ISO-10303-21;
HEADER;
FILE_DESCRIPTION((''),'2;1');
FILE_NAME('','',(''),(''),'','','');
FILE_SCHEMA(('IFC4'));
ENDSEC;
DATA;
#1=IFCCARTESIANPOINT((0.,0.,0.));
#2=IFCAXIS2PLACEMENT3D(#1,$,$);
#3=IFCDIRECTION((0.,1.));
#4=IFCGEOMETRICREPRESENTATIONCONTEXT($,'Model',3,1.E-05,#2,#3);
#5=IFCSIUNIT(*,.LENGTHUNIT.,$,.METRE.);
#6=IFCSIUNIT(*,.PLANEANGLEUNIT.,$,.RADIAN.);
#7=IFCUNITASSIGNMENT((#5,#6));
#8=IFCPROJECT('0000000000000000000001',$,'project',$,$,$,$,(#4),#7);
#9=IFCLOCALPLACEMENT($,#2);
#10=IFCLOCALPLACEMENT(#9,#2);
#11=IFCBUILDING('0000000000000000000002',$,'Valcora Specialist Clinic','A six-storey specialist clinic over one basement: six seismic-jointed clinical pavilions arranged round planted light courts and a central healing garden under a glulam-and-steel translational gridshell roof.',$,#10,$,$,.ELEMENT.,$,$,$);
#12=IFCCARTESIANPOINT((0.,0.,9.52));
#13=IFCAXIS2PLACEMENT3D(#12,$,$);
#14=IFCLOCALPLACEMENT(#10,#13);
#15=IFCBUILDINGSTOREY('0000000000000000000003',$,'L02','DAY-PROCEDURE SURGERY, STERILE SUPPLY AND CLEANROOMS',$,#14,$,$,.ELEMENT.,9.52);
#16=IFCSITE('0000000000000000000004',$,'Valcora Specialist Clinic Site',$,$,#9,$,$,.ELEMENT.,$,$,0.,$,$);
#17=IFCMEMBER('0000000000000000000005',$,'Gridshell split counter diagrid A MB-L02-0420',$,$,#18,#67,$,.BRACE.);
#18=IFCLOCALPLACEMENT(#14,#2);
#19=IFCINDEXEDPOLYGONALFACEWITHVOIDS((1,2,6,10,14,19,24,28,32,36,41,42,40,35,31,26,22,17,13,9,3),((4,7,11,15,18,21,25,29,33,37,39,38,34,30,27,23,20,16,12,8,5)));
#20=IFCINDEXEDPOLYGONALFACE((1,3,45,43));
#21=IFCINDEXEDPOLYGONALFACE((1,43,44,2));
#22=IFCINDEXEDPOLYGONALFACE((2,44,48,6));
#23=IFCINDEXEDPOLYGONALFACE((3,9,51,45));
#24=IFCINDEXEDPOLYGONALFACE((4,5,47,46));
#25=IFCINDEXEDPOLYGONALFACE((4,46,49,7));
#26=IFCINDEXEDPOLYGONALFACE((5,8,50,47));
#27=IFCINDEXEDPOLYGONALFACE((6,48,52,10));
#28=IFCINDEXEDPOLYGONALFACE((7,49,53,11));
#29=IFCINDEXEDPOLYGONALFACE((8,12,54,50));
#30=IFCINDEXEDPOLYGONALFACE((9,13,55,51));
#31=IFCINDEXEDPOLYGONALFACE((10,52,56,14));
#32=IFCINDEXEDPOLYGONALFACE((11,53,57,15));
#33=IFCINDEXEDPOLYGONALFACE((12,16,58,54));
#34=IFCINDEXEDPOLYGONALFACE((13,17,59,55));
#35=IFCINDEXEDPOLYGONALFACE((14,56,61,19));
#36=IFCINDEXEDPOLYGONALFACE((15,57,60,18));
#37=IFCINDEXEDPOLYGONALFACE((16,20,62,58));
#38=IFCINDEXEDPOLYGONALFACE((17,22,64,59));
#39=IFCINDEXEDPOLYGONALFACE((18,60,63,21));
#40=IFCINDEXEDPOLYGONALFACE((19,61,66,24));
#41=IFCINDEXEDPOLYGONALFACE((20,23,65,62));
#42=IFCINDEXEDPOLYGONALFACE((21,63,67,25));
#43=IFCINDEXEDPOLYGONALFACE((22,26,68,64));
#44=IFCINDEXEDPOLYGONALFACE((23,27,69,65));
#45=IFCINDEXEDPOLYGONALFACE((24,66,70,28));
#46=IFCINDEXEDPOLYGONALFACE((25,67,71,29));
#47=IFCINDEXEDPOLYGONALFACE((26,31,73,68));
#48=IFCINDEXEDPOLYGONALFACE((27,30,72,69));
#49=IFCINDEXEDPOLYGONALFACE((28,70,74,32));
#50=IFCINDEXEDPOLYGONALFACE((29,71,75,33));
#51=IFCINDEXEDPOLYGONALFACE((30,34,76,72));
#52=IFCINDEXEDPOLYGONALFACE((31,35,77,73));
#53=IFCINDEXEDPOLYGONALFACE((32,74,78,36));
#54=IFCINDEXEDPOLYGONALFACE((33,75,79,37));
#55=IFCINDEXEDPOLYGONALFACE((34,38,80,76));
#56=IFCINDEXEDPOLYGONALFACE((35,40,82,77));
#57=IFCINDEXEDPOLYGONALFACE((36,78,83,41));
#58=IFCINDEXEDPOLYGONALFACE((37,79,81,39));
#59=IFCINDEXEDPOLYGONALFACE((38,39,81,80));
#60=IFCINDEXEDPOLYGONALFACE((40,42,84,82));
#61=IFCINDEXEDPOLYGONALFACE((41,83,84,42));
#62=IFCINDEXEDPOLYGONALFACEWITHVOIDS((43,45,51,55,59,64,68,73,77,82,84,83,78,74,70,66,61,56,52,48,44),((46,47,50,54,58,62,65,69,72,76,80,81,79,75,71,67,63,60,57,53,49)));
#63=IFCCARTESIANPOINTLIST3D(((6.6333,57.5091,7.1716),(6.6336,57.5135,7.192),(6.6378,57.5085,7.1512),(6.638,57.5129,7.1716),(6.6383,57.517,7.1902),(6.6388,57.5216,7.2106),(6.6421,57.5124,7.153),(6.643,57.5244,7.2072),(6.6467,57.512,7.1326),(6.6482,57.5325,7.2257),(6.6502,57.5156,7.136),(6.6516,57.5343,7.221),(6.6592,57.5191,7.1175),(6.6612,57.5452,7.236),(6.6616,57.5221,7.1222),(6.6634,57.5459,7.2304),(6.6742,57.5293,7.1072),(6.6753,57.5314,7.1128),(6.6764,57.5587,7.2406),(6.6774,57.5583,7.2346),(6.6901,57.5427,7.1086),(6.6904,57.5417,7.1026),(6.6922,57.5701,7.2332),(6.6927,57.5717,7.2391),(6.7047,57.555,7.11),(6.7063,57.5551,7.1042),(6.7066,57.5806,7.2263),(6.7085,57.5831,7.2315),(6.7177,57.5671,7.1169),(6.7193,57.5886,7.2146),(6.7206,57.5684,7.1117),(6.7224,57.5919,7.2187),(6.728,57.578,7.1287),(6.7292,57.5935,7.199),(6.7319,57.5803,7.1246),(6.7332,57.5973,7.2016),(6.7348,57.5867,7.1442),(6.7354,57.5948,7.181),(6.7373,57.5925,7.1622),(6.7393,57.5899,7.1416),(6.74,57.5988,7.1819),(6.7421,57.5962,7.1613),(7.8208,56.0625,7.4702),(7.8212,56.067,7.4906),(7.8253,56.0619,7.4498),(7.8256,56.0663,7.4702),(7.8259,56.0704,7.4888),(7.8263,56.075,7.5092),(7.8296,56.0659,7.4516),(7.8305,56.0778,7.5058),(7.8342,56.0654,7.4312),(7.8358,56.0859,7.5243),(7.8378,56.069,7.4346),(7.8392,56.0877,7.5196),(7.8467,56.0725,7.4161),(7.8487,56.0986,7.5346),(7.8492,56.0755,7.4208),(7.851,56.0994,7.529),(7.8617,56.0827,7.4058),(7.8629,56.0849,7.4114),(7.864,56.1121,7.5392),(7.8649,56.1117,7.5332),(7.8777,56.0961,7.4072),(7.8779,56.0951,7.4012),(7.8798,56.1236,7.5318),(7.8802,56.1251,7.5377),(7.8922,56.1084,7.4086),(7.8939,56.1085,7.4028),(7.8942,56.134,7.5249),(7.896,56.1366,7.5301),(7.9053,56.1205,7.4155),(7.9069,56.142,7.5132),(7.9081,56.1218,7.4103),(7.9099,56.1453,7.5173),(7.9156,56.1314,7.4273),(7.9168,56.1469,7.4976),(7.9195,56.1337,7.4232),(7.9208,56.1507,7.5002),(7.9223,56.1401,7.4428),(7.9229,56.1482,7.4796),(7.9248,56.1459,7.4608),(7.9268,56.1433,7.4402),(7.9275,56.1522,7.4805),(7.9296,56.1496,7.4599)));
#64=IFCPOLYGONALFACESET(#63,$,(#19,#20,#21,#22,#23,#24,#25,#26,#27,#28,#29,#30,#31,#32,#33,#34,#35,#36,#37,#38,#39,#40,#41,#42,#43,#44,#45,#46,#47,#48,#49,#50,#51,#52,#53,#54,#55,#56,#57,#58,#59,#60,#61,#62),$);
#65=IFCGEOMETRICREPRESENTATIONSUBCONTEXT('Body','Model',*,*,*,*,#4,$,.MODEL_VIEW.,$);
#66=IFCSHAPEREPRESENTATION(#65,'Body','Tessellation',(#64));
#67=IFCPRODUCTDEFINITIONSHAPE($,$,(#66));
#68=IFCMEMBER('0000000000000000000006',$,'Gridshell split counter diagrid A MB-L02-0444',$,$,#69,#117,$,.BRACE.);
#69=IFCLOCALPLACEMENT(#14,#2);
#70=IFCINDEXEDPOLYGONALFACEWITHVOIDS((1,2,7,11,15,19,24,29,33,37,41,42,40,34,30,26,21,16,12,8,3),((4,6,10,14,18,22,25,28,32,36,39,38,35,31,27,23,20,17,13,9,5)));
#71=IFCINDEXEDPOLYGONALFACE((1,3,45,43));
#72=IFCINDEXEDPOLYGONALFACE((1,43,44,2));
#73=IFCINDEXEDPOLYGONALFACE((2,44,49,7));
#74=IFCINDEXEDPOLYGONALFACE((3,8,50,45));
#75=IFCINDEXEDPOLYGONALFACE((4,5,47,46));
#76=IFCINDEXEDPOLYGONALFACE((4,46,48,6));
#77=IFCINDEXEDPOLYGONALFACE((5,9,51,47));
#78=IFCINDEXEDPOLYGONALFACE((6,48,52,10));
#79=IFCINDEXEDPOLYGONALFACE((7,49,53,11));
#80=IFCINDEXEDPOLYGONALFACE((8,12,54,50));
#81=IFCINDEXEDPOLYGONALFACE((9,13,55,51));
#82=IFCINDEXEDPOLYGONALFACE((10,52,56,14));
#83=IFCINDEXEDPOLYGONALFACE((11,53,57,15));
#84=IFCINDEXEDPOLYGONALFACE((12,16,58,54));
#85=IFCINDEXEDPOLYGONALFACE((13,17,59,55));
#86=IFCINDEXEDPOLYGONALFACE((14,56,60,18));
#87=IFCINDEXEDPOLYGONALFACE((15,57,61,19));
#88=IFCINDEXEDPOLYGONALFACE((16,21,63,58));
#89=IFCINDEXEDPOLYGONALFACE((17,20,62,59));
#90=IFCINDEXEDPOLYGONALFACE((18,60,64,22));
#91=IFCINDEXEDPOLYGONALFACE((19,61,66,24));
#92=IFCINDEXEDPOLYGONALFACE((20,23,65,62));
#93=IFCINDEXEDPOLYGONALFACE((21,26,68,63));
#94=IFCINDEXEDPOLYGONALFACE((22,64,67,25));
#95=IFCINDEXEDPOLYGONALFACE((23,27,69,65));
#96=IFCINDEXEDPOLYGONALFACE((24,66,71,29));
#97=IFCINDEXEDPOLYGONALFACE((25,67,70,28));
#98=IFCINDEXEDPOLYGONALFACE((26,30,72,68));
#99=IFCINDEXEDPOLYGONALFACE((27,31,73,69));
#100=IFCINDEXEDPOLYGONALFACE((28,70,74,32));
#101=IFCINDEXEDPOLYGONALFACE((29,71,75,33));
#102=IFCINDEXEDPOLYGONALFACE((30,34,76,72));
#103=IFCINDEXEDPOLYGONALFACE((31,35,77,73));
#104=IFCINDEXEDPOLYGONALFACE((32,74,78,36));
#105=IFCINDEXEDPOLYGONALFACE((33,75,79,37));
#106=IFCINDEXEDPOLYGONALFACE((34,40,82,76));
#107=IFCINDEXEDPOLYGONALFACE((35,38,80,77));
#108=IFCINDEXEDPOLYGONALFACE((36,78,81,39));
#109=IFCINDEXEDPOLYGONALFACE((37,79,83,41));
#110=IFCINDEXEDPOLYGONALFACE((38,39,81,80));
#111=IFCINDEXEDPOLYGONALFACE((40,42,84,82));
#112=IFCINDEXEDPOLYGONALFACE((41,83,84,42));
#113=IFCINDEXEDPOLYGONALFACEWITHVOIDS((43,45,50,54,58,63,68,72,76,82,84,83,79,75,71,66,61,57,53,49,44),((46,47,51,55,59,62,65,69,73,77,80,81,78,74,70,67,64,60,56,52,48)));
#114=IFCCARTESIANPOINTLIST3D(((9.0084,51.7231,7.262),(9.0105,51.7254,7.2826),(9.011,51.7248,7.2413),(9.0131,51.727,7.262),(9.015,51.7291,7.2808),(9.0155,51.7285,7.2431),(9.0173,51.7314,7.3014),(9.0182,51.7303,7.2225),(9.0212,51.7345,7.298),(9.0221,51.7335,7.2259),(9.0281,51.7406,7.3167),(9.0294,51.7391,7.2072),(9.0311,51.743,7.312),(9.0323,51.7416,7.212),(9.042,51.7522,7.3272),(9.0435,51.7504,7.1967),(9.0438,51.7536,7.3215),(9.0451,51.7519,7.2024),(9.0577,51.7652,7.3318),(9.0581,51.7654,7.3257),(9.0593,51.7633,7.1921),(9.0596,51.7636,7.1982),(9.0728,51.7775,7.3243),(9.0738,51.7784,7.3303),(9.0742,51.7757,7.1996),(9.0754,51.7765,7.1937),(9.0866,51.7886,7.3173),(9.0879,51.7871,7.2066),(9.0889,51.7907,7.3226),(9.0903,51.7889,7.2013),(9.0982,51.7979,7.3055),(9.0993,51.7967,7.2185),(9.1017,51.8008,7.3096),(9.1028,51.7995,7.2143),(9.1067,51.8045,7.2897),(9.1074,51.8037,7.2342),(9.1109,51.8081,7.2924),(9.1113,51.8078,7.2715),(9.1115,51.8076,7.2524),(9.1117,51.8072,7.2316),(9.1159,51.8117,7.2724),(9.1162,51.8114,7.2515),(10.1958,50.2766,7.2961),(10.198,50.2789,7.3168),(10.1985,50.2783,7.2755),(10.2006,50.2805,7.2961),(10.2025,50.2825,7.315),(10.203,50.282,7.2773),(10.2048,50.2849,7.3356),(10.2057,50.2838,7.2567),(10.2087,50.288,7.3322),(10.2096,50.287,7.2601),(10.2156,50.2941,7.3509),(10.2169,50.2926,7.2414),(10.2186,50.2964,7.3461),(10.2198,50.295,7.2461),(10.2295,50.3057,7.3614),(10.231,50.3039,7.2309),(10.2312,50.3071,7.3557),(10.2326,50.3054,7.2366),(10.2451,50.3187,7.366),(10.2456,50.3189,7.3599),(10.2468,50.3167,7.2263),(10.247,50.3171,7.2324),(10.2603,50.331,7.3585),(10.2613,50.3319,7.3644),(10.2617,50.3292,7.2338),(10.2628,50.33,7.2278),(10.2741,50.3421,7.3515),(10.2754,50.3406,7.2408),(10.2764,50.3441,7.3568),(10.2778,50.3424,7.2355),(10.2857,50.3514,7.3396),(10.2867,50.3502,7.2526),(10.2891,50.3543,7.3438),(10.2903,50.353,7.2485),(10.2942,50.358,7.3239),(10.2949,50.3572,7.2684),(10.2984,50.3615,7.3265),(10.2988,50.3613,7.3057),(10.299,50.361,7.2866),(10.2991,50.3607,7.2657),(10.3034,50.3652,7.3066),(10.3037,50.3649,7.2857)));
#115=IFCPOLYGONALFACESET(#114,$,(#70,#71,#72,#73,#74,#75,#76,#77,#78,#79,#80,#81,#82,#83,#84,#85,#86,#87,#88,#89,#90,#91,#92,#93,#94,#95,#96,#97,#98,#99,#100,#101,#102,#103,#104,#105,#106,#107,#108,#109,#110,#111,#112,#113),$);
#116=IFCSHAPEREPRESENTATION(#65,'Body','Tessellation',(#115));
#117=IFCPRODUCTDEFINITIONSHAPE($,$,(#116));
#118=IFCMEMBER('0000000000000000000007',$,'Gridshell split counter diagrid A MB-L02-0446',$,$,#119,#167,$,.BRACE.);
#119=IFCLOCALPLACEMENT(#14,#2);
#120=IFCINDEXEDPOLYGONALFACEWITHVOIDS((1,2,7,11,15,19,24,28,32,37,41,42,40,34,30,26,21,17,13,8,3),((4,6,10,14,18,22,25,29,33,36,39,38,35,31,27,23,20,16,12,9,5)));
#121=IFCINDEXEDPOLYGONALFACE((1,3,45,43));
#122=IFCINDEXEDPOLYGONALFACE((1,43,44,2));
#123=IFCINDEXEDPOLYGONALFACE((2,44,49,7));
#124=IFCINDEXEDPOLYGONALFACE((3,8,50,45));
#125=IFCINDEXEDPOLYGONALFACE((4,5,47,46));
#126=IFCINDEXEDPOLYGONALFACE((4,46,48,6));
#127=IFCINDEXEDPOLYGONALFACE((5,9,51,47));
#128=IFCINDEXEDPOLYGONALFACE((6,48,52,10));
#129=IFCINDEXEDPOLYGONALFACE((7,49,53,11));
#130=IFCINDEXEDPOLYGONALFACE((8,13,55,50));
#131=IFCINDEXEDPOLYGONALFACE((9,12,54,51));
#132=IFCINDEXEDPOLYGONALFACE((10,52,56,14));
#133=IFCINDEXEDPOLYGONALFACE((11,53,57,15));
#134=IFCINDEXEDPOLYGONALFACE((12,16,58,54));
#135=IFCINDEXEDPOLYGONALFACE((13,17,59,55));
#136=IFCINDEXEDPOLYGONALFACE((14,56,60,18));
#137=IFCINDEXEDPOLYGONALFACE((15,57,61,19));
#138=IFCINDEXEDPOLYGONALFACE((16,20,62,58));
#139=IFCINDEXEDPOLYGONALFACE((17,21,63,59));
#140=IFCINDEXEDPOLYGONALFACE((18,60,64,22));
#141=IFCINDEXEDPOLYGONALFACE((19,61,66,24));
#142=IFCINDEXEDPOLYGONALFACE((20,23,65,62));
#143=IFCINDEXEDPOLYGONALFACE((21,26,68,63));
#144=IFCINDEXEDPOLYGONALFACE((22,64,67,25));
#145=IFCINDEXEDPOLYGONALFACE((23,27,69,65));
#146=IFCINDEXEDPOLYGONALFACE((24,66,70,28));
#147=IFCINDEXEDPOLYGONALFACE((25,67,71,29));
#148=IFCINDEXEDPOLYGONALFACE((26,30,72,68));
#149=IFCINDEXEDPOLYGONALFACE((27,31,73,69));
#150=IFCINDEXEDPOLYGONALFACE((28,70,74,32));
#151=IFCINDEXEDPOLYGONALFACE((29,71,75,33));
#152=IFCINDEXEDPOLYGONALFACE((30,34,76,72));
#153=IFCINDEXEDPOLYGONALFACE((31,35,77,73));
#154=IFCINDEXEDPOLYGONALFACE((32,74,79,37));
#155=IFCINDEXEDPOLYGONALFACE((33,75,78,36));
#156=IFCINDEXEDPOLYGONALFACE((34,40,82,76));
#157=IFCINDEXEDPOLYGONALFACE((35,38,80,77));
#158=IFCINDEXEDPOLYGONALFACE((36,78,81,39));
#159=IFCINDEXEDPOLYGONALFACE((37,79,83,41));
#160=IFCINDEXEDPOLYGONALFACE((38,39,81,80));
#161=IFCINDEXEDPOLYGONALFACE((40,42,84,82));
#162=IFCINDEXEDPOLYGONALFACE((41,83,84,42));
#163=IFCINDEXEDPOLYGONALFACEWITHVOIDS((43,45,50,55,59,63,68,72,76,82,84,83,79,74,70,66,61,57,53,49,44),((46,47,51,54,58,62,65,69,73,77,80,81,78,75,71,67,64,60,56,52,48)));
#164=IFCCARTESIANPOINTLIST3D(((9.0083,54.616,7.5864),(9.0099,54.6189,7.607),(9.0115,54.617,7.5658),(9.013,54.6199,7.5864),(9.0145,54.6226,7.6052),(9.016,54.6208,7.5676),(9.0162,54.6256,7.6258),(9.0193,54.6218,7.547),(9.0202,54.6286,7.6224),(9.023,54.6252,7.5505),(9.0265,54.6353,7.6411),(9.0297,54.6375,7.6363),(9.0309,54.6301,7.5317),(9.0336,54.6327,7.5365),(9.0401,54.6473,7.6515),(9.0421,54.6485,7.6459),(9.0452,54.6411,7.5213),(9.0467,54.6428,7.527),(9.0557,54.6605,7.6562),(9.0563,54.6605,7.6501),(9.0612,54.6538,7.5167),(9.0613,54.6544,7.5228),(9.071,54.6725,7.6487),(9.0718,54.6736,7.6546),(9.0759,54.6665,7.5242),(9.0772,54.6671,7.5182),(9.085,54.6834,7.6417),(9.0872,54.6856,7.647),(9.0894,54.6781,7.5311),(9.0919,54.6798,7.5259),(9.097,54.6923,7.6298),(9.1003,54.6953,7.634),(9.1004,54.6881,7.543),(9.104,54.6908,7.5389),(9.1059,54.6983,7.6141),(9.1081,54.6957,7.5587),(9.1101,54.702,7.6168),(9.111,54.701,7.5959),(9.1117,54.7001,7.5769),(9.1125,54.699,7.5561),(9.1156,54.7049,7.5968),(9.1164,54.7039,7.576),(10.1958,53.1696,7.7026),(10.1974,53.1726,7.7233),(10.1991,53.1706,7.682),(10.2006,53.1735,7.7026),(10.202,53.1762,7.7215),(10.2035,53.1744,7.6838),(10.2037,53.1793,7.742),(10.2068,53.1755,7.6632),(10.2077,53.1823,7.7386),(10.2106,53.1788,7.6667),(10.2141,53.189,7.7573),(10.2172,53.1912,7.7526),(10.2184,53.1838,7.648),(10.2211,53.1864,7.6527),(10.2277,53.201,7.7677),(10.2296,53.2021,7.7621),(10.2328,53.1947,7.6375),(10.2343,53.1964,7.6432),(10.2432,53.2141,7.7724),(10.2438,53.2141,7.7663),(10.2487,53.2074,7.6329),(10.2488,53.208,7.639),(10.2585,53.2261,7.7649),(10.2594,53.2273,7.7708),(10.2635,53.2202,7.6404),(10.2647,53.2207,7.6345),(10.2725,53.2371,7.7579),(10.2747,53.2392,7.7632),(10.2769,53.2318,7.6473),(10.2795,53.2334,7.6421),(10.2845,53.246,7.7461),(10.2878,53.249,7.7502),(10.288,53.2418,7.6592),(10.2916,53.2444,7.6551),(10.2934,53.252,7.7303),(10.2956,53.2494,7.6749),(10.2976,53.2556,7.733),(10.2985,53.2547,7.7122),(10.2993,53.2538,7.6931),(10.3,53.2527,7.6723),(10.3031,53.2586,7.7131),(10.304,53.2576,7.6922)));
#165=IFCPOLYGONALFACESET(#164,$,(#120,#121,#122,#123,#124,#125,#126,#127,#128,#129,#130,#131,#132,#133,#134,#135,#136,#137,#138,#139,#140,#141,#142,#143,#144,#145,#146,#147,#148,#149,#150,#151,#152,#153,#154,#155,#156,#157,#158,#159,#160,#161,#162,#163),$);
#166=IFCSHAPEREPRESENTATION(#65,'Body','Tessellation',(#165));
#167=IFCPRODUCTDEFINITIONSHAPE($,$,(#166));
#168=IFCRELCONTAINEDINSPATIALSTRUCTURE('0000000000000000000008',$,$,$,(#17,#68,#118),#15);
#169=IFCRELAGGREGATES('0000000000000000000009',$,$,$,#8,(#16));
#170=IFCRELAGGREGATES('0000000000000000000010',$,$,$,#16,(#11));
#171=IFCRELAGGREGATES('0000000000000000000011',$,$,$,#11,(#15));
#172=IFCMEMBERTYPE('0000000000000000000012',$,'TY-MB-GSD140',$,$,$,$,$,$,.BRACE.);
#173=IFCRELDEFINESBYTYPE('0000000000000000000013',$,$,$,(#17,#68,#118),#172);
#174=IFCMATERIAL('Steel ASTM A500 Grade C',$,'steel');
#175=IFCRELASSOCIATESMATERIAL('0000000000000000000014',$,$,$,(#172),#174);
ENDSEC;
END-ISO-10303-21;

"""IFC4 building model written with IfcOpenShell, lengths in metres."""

from ifc_helpers import new_model, si_unit, direction, frame, origin, origin_2d, place, context, subcontext, project, spatial, hollow_circle, extrude, material, material_profile, profile_set, type_object, element, save


model = new_model("IFC4")

# Units and contexts
model_context = context("Model", 3, precision=1e-05, world=origin(), true_north=direction((0.0, 1.0)))
body_context = subcontext(model_context, "Body", "Model", "MODEL_VIEW")
ifc_project = project(units=[si_unit("LENGTHUNIT", "METRE"), si_unit("PLANEANGLEUNIT", "RADIAN")], contexts=[model_context])

# Site, building, storey
site_placement = place(None, origin())
site = spatial("IfcSite", under=ifc_project, at=site_placement, Name="Valcora Specialist Clinic Site", CompositionType="ELEMENT", RefElevation=0.0)
building_placement = place(site_placement, origin())
building = spatial("IfcBuilding", under=site, at=building_placement, Name="Valcora Specialist Clinic", Description="A six-storey specialist clinic over one basement: six seismic-jointed clinical pavilions arranged round planted light courts and a central healing garden under a glulam-and-steel translational gridshell roof.", CompositionType="ELEMENT")
storey_placement = place(building_placement, frame((0.0, 0.0, 9.52)))
storey = spatial("IfcBuildingStorey", under=building, at=storey_placement, Name="L02", Description="DAY-PROCEDURE SURGERY, STERILE SUPPLY AND CLEANROOMS", CompositionType="ELEMENT", Elevation=9.52)

# Members
ifc_material_1 = material(Name="Steel ASTM A500 Grade C", Category="steel")
ifc_material_profile_1 = material_profile(ifc_material_1, hollow_circle(Radius=0.0701, WallThickness=0.0061, at=origin_2d()), Name="ST-CHS-140X6")
ifc_profile_set_1 = profile_set([ifc_material_profile_1], Name="Steel ASTM A500 Grade C")
member_type_1 = type_object("IfcMemberType", Name="TY-MB-GSD140", PredefinedType="BRACE", material=ifc_profile_set_1)
member_1_placement = place(storey_placement, frame((7.875, 56.1069, 7.4702), z_axis=(-0.626584, 0.763263, -0.157548), x_axis=(-0.772916, -0.634508, 0.0)))
element("IfcMember", 1, at=member_1_placement, inside=storey, type_object=member_type_1, Name="Gridshell split counter diagrid A MB-L02-0420", PredefinedType="BRACE", context=body_context, shape_type="SweptSolid", body=[
    extrude(hollow_circle(Radius=0.0701, WallThickness=0.0061, at=origin_2d()), origin(), (0.0, 0.0, 1.0), 1.8953),
])
member_2_placement = place(storey_placement, frame((10.25, 50.321, 7.2961), z_axis=(-0.634403, 0.772787, -0.01826), x_axis=(-0.772916, -0.634508, 0.0)))
element("IfcMember", 2, at=member_2_placement, inside=storey, type_object=member_type_1, Name="Gridshell split counter diagrid A MB-L02-0444", PredefinedType="BRACE", context=body_context, shape_type="SweptSolid", body=[
    extrude(hollow_circle(Radius=0.0701, WallThickness=0.0061, at=origin_2d()), origin(), (0.0, 0.0, 1.0), 1.8718),
])
member_3_placement = place(storey_placement, frame((10.25, 53.2141, 7.7026), z_axis=(-0.633352, 0.771377, -0.061981), x_axis=(-0.772863, -0.634572, 0.0)))
element("IfcMember", 3, at=member_3_placement, inside=storey, type_object=member_type_1, Name="Gridshell split counter diagrid A MB-L02-0446", PredefinedType="BRACE", context=body_context, shape_type="SweptSolid", body=[
    extrude(hollow_circle(Radius=0.0701, WallThickness=0.0061, at=origin_2d()), origin(), (0.0, 0.0, 1.0), 1.875),
])

save(model, "model.ifc")
